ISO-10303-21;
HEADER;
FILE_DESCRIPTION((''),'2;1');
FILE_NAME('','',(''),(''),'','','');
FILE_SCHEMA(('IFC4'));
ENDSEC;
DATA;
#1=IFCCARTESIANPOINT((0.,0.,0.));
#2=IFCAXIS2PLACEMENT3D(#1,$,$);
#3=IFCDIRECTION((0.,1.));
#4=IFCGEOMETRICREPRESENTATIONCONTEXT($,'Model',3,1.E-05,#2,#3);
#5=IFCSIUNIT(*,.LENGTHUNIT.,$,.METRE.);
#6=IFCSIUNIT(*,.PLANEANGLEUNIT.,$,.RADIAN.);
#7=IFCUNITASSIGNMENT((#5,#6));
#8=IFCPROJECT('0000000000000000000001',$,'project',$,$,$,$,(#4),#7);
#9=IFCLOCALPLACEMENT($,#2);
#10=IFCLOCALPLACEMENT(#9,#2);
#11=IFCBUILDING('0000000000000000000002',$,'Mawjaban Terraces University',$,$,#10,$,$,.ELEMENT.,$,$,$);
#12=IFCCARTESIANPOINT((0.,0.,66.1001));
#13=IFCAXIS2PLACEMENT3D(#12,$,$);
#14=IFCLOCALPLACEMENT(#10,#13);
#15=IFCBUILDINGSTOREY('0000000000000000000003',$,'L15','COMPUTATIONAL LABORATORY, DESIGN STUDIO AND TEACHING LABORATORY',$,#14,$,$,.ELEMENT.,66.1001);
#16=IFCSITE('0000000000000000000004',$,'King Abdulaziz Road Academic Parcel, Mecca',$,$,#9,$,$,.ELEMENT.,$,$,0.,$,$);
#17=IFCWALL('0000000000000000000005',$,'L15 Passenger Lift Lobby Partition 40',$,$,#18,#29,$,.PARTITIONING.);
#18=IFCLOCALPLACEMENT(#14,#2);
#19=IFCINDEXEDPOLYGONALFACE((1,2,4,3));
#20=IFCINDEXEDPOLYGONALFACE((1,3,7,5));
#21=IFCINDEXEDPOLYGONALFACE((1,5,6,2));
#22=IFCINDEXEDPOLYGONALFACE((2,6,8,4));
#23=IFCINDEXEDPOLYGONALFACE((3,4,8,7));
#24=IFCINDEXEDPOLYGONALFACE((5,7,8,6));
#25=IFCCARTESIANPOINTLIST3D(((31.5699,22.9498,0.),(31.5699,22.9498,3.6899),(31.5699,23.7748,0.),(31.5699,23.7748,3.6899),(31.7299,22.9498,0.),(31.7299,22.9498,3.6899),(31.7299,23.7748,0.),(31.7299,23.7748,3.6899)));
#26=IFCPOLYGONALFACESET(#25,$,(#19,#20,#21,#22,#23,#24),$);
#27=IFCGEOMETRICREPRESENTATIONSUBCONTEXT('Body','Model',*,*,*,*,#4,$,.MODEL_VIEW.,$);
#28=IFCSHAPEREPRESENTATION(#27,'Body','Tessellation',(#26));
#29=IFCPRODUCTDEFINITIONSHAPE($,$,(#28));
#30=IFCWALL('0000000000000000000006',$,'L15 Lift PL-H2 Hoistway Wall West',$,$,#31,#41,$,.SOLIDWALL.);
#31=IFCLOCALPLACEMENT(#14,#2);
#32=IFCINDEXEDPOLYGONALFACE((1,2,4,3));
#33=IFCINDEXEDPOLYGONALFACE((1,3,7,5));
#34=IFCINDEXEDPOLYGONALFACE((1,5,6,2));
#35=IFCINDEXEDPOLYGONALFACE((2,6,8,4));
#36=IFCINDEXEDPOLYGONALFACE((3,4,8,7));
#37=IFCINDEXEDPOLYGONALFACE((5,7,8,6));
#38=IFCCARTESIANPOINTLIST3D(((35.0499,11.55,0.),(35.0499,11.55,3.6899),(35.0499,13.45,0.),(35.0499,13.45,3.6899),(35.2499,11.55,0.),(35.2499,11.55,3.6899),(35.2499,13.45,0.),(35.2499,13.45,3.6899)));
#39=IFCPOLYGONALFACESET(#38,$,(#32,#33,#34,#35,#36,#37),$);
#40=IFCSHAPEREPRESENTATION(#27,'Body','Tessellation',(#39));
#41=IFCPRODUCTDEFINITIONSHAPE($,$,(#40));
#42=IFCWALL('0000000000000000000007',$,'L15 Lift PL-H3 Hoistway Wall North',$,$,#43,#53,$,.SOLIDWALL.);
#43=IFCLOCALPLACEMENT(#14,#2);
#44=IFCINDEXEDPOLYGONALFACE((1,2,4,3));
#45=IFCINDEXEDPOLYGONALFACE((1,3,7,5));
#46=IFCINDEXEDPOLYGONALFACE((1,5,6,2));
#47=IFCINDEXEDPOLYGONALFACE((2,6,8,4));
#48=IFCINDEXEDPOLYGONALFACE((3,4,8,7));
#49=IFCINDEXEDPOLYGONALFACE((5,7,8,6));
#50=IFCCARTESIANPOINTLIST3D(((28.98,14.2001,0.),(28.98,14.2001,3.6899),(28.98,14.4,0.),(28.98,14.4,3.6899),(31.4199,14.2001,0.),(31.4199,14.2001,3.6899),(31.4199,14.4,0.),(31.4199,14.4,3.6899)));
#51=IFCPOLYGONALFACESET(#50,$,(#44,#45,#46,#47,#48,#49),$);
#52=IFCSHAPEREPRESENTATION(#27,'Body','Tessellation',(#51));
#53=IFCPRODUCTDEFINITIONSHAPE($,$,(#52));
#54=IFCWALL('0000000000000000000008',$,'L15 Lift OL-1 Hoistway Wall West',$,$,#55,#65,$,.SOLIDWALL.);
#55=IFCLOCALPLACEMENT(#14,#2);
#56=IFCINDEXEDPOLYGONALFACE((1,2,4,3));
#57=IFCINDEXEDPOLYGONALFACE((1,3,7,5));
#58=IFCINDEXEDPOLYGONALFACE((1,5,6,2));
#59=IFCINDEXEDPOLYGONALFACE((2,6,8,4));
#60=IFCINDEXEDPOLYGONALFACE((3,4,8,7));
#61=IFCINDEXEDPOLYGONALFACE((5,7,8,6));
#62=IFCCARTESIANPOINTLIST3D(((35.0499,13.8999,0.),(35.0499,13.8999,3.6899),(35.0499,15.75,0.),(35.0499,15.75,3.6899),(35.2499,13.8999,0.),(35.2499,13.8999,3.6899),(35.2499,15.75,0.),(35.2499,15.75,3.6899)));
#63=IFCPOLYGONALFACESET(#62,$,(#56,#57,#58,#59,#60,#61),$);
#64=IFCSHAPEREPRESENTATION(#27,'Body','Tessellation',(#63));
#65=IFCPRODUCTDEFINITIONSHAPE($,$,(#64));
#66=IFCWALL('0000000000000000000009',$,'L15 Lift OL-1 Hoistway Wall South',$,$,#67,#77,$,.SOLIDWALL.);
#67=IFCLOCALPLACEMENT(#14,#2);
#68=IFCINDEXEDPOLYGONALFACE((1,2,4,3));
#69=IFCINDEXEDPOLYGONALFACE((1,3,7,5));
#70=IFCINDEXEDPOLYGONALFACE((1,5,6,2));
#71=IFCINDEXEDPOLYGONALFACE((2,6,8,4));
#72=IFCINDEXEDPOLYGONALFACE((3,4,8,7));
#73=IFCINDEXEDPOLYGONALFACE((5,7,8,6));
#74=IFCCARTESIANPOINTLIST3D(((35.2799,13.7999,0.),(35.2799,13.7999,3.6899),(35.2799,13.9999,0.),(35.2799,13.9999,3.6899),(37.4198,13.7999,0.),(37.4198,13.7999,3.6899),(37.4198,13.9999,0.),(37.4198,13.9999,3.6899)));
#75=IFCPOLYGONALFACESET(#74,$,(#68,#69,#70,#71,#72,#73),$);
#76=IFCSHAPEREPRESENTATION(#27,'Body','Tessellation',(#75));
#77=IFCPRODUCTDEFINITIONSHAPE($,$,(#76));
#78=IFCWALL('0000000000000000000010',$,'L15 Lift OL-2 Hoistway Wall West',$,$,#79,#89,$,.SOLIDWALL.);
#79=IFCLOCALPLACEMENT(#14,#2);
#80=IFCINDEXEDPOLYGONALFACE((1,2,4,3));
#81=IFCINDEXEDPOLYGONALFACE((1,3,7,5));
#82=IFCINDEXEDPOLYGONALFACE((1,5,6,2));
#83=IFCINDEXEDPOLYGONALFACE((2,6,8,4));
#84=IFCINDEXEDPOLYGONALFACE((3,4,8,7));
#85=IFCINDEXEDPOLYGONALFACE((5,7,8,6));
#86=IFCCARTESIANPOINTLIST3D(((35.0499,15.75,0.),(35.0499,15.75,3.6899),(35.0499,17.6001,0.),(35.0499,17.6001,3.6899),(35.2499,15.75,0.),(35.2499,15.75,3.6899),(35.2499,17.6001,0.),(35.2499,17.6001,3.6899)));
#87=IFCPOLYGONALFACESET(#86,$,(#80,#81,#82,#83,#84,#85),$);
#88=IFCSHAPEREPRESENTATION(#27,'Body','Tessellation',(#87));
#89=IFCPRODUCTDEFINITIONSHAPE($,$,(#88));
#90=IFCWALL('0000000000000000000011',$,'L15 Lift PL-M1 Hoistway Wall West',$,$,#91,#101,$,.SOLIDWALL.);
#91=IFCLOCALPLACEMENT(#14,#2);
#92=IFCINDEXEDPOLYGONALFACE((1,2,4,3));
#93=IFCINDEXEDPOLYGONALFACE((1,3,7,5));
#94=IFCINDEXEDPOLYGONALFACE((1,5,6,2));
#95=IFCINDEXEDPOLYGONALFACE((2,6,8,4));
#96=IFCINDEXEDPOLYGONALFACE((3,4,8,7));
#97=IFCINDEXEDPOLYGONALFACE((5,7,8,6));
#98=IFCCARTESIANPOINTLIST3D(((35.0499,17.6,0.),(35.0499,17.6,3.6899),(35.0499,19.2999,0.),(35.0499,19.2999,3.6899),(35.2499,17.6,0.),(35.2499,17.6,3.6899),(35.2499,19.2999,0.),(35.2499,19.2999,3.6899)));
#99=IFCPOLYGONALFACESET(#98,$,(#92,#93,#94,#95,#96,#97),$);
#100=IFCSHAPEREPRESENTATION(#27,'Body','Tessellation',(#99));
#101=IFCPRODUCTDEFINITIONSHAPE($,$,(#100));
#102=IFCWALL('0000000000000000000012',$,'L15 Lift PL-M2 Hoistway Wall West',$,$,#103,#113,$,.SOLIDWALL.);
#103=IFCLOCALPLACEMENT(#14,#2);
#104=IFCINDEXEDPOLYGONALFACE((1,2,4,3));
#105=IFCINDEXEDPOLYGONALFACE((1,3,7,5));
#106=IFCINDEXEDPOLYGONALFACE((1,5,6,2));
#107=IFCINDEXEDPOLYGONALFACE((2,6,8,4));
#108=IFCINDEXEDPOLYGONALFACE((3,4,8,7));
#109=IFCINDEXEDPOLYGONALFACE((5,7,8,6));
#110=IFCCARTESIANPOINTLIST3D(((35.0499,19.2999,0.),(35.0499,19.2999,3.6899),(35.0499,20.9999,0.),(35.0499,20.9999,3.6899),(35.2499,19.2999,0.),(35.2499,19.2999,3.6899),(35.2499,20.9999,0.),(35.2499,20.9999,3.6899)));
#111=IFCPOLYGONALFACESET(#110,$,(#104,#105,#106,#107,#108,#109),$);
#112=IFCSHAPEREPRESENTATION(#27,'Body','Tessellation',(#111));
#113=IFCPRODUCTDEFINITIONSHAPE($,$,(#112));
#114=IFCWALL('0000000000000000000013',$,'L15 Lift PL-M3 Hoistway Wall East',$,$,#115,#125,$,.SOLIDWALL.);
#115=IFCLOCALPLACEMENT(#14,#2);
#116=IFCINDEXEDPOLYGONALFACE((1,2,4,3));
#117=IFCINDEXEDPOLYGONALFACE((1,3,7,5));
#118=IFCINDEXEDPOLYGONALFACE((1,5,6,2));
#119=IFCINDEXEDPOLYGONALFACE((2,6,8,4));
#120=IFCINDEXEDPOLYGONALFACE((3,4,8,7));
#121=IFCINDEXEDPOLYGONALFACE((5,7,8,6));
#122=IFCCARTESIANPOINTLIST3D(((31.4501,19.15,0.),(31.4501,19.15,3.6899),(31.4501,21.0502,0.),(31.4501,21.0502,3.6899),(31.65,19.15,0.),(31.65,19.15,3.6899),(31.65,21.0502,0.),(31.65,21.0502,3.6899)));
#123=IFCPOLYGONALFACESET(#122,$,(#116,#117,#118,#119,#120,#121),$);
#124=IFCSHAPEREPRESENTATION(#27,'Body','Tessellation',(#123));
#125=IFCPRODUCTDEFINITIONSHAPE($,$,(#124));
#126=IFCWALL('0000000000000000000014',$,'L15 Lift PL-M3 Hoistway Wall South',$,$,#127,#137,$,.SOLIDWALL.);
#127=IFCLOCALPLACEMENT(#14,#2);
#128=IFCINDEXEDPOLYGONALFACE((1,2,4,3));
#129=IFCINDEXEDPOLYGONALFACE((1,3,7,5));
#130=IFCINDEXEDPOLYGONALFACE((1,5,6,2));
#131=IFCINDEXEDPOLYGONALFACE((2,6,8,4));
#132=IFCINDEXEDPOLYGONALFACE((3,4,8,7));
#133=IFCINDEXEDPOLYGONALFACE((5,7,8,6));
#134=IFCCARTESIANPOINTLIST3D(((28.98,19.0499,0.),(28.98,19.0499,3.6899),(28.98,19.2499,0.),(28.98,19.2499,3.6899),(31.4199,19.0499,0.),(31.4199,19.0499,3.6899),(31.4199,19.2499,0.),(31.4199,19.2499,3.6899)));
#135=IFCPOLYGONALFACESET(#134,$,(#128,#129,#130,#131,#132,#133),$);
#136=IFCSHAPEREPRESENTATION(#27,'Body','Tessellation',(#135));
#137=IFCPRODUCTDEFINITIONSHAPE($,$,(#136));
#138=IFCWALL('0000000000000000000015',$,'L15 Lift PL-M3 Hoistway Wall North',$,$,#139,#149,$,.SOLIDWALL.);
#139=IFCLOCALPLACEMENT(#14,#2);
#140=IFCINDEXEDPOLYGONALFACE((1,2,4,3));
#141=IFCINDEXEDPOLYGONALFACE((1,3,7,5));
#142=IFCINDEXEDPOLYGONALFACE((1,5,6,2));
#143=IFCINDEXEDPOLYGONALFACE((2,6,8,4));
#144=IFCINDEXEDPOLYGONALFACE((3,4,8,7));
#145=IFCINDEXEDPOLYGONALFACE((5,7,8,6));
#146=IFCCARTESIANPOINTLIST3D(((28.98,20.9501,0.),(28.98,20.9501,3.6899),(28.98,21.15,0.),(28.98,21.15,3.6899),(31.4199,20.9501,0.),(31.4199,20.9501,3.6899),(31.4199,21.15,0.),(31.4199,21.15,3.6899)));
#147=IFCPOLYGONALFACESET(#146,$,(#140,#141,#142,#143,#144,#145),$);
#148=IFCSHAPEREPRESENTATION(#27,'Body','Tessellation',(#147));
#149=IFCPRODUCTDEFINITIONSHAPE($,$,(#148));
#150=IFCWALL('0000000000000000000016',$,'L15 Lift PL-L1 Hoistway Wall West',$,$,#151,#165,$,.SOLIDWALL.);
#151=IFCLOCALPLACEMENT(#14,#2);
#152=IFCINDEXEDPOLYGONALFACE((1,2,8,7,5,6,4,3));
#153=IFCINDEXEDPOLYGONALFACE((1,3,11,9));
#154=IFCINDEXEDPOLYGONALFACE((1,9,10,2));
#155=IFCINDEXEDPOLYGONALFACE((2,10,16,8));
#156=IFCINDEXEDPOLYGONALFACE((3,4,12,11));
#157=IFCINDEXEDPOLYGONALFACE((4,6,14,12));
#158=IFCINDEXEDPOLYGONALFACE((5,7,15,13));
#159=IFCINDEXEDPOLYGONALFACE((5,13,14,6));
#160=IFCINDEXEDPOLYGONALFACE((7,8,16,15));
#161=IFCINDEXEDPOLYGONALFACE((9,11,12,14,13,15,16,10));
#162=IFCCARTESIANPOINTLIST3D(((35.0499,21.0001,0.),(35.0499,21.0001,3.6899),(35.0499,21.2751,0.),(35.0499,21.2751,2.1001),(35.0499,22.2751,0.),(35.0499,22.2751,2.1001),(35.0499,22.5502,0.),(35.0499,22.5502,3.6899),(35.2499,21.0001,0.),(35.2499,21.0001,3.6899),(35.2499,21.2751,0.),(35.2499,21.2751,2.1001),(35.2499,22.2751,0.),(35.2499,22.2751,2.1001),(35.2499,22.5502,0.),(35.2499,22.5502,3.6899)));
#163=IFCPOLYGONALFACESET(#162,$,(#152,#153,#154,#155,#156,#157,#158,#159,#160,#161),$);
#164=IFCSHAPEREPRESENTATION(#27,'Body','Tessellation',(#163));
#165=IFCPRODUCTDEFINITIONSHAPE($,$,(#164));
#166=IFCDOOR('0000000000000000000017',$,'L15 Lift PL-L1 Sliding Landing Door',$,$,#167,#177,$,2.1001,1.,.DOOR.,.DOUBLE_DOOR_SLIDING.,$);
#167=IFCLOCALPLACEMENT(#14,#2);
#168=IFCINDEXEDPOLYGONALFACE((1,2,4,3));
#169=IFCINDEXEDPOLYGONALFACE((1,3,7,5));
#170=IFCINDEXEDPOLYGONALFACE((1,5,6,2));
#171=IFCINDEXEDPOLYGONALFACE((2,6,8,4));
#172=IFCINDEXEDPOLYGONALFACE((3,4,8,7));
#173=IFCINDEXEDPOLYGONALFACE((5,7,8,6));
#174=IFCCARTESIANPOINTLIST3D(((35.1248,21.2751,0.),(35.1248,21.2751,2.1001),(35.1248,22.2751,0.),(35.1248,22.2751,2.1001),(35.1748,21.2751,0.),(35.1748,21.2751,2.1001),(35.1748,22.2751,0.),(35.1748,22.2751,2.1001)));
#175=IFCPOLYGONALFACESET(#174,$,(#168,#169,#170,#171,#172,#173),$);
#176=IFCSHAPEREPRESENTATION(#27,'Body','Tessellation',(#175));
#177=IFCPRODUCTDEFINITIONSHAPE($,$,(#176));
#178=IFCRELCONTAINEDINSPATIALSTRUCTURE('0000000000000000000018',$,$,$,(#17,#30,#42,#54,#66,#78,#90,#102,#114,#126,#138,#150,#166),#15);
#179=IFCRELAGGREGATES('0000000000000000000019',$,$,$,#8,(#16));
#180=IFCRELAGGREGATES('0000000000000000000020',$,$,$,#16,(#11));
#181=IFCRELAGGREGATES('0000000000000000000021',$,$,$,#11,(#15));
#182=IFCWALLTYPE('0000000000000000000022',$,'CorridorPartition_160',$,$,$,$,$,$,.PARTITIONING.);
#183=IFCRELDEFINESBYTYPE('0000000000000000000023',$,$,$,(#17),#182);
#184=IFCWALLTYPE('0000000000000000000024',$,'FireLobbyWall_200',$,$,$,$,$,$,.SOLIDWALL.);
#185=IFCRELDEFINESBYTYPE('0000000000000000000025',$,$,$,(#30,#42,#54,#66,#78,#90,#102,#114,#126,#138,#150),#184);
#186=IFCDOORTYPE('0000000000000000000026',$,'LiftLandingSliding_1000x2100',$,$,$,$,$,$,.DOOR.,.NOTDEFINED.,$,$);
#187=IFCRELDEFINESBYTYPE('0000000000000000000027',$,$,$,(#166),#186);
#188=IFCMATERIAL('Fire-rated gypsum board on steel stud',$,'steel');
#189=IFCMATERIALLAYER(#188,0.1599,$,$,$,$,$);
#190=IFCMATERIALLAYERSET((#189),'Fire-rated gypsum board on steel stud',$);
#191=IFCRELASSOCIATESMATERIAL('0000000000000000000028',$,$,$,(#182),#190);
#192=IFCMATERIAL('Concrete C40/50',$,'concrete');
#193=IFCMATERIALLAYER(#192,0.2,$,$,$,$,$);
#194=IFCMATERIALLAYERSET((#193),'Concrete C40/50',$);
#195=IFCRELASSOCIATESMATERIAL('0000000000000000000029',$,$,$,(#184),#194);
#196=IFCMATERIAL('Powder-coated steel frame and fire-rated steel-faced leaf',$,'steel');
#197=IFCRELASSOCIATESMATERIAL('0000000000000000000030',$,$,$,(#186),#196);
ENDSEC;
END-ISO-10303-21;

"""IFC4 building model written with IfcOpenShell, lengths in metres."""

from ifc_helpers import new_model, si_unit, direction, frame, frame_2d, origin, place, context, subcontext, project, spatial, rectangle, extrude, material, layer, layer_set, type_object, element, fill, save


model = new_model("IFC4")

# Units and contexts
model_context = context("Model", 3, precision=1e-05, world=origin(), true_north=direction((0.0, 1.0)))
body_context = subcontext(model_context, "Body", "Model", "MODEL_VIEW")
ifc_project = project(units=[si_unit("LENGTHUNIT", "METRE"), si_unit("PLANEANGLEUNIT", "RADIAN")], contexts=[model_context])

# Site, building, storey
site_placement = place(None, origin())
site = spatial("IfcSite", under=ifc_project, at=site_placement, Name="King Abdulaziz Road Academic Parcel, Mecca", CompositionType="ELEMENT", RefElevation=0.0)
building_placement = place(site_placement, origin())
building = spatial("IfcBuilding", under=site, at=building_placement, Name="Mawjaban Terraces University", CompositionType="ELEMENT")
storey_placement = place(building_placement, frame((0.0, 0.0, 66.1001)))
storey = spatial("IfcBuildingStorey", under=building, at=storey_placement, Name="L15", Description="COMPUTATIONAL LABORATORY, DESIGN STUDIO AND TEACHING LABORATORY", CompositionType="ELEMENT", Elevation=66.1001)

# Walls
ifc_material_1 = material(Name="Fire-rated gypsum board on steel stud", Category="steel")
ifc_layer_1 = layer(ifc_material_1, 0.1599)
ifc_layer_set_1 = layer_set([ifc_layer_1], Name="Fire-rated gypsum board on steel stud")
wall_type_1 = type_object("IfcWallType", Name="CorridorPartition_160", PredefinedType="PARTITIONING", material=ifc_layer_set_1)
wall_1_placement = place(storey_placement, frame((31.6499, 23.7749, 0.0), z_axis=(0.0, 0.0, 1.0), x_axis=(0.0, -1.0, 0.0)))
element("IfcWall", 1, at=wall_1_placement, inside=storey, type_object=wall_type_1, Name="L15 Passenger Lift Lobby Partition 40", PredefinedType="PARTITIONING", context=body_context, shape_type="SweptSolid", body=[
    extrude(rectangle(XDim=0.825, YDim=0.1599, at=frame_2d((0.4126, 0.0))), origin(), (0.0, 0.0, 1.0), 3.6899),
])
ifc_material_2 = material(Name="Concrete C40/50", Category="concrete")
ifc_layer_2 = layer(ifc_material_2, 0.2)
ifc_layer_set_2 = layer_set([ifc_layer_2], Name="Concrete C40/50")
wall_type_2 = type_object("IfcWallType", Name="FireLobbyWall_200", PredefinedType="SOLIDWALL", material=ifc_layer_set_2)
wall_2_placement = place(storey_placement, frame((35.1499, 13.45, 0.0), z_axis=(0.0, 0.0, 1.0), x_axis=(0.0, -1.0, 0.0)))
element("IfcWall", 2, at=wall_2_placement, inside=storey, type_object=wall_type_2, Name="L15 Lift PL-H2 Hoistway Wall West", PredefinedType="SOLIDWALL", context=body_context, shape_type="SweptSolid", body=[
    extrude(rectangle(XDim=1.8999, YDim=0.2, at=frame_2d((0.95, 0.0))), origin(), (0.0, 0.0, 1.0), 3.6899),
])
wall_3_placement = place(storey_placement, frame((31.4199, 14.3, 0.0), z_axis=(0.0, 0.0, 1.0), x_axis=(-1.0, 0.0, 0.0)))
element("IfcWall", 3, at=wall_3_placement, inside=storey, type_object=wall_type_2, Name="L15 Lift PL-H3 Hoistway Wall North", PredefinedType="SOLIDWALL", context=body_context, shape_type="SweptSolid", body=[
    extrude(rectangle(XDim=2.4399, YDim=0.2, at=frame_2d((1.22, 0.0))), origin(), (0.0, 0.0, 1.0), 3.6899),
])
wall_4_placement = place(storey_placement, frame((35.1499, 15.75, 0.0), z_axis=(0.0, 0.0, 1.0), x_axis=(0.0, -1.0, 0.0)))
element("IfcWall", 4, at=wall_4_placement, inside=storey, type_object=wall_type_2, Name="L15 Lift OL-1 Hoistway Wall West", PredefinedType="SOLIDWALL", context=body_context, shape_type="SweptSolid", body=[
    extrude(rectangle(XDim=1.8501, YDim=0.2, at=frame_2d((0.925, 0.0))), origin(), (0.0, 0.0, 1.0), 3.6899),
])
wall_5_placement = place(storey_placement, frame((35.28, 13.8999, 0.0), z_axis=(0.0, 0.0, 1.0), x_axis=(1.0, 0.0, 0.0)))
element("IfcWall", 5, at=wall_5_placement, inside=storey, type_object=wall_type_2, Name="L15 Lift OL-1 Hoistway Wall South", PredefinedType="SOLIDWALL", context=body_context, shape_type="SweptSolid", body=[
    extrude(rectangle(XDim=2.1399, YDim=0.2, at=frame_2d((1.0698, 0.0))), origin(), (0.0, 0.0, 1.0), 3.6899),
])
wall_6_placement = place(storey_placement, frame((35.1499, 17.6001, 0.0), z_axis=(0.0, 0.0, 1.0), x_axis=(0.0, -1.0, 0.0)))
element("IfcWall", 6, at=wall_6_placement, inside=storey, type_object=wall_type_2, Name="L15 Lift OL-2 Hoistway Wall West", PredefinedType="SOLIDWALL", context=body_context, shape_type="SweptSolid", body=[
    extrude(rectangle(XDim=1.8501, YDim=0.2, at=frame_2d((0.925, 0.0))), origin(), (0.0, 0.0, 1.0), 3.6899),
])
for number, where, z_axis, x_axis, name in (
    (7, (35.1499, 19.3, 0.0), (0.0, 0.0, 1.0), (0.0, -1.0, 0.0), "L15 Lift PL-M1 Hoistway Wall West"),
    (8, (35.1499, 21.0, 0.0), (0.0, 0.0, 1.0), (0.0, -1.0, 0.0), "L15 Lift PL-M2 Hoistway Wall West"),
):
    element("IfcWall", number, at=place(storey_placement, frame(where, z_axis=z_axis, x_axis=x_axis)), inside=storey, type_object=wall_type_2, Name=name, PredefinedType="SOLIDWALL", context=body_context, shape_type="SweptSolid", body=[
        extrude(rectangle(XDim=1.7, YDim=0.2, at=frame_2d((0.8501, 0.0))), origin(), (0.0, 0.0, 1.0), 3.6899),
    ])
wall_7_placement = place(storey_placement, frame((31.55, 19.1499, 0.0), z_axis=(0.0, 0.0, 1.0), x_axis=(0.0, 1.0, 0.0)))
element("IfcWall", 9, at=wall_7_placement, inside=storey, type_object=wall_type_2, Name="L15 Lift PL-M3 Hoistway Wall East", PredefinedType="SOLIDWALL", context=body_context, shape_type="SweptSolid", body=[
    extrude(rectangle(XDim=1.9001, YDim=0.2, at=frame_2d((0.9502, 0.0))), origin(), (0.0, 0.0, 1.0), 3.6899),
])
for number, where, z_axis, x_axis, name in (
    (10, (28.98, 19.1499, 0.0), (0.0, 0.0, 1.0), (1.0, 0.0, 0.0), "L15 Lift PL-M3 Hoistway Wall South"),
    (11, (31.4199, 21.05, 0.0), (0.0, 0.0, 1.0), (-1.0, 0.0, 0.0), "L15 Lift PL-M3 Hoistway Wall North"),
):
    element("IfcWall", number, at=place(storey_placement, frame(where, z_axis=z_axis, x_axis=x_axis)), inside=storey, type_object=wall_type_2, Name=name, PredefinedType="SOLIDWALL", context=body_context, shape_type="SweptSolid", body=[
        extrude(rectangle(XDim=2.4399, YDim=0.2, at=frame_2d((1.22, 0.0))), origin(), (0.0, 0.0, 1.0), 3.6899),
    ])

# Wall, opening, door
wall_8_placement = place(storey_placement, frame((35.1499, 22.55, 0.0), z_axis=(0.0, 0.0, 1.0), x_axis=(0.0, -1.0, 0.0)))
wall_8 = element("IfcWall", 12, at=wall_8_placement, inside=storey, type_object=wall_type_2, Name="L15 Lift PL-L1 Hoistway Wall West", PredefinedType="SOLIDWALL", context=body_context, shape_type="SweptSolid", body=[
    extrude(rectangle(XDim=1.55, YDim=0.2, at=frame_2d((0.7749, 0.0))), origin(), (0.0, 0.0, 1.0), 3.6899),
])
opening_1_placement = place(wall_8_placement, frame((0.2749, 0.0, 0.0)))
opening_1 = element("IfcOpeningElement", 13, at=opening_1_placement, cuts=wall_8, PredefinedType="OPENING", context=body_context, shape_type="SweptSolid", body=[
    extrude(rectangle(XDim=1.0, YDim=2.1001, at=frame_2d((0.5, 1.05))), frame((0.0, 0.1099, 0.0), z_axis=(0.0, -1.0, 0.0), x_axis=(1.0, 0.0, 0.0)), (0.0, 0.0, 1.0), 0.22),
])
ifc_material_3 = material(Name="Powder-coated steel frame and fire-rated steel-faced leaf", Category="steel")
door_type_1 = type_object("IfcDoorType", Name="LiftLandingSliding_1000x2100", OperationType="NOTDEFINED", PredefinedType="DOOR", material=ifc_material_3)
door_1_placement = place(opening_1_placement, origin())
door_1 = element("IfcDoor", 14, at=door_1_placement, inside=storey, type_object=door_type_1, Name="L15 Lift PL-L1 Sliding Landing Door", OperationType="DOUBLE_DOOR_SLIDING", OverallHeight=2.1001, OverallWidth=1.0, PredefinedType="DOOR", context=body_context, shape_type="SweptSolid", body=[
    extrude(rectangle(XDim=1.0, YDim=2.1001, at=frame_2d((0.5, 1.05))), frame((0.0, 0.0249, 0.0), z_axis=(0.0, -1.0, 0.0), x_axis=(1.0, 0.0, 0.0)), (0.0, 0.0, 1.0), 0.05),
])
fill(opening_1, door_1)

save(model, "model.ifc")
